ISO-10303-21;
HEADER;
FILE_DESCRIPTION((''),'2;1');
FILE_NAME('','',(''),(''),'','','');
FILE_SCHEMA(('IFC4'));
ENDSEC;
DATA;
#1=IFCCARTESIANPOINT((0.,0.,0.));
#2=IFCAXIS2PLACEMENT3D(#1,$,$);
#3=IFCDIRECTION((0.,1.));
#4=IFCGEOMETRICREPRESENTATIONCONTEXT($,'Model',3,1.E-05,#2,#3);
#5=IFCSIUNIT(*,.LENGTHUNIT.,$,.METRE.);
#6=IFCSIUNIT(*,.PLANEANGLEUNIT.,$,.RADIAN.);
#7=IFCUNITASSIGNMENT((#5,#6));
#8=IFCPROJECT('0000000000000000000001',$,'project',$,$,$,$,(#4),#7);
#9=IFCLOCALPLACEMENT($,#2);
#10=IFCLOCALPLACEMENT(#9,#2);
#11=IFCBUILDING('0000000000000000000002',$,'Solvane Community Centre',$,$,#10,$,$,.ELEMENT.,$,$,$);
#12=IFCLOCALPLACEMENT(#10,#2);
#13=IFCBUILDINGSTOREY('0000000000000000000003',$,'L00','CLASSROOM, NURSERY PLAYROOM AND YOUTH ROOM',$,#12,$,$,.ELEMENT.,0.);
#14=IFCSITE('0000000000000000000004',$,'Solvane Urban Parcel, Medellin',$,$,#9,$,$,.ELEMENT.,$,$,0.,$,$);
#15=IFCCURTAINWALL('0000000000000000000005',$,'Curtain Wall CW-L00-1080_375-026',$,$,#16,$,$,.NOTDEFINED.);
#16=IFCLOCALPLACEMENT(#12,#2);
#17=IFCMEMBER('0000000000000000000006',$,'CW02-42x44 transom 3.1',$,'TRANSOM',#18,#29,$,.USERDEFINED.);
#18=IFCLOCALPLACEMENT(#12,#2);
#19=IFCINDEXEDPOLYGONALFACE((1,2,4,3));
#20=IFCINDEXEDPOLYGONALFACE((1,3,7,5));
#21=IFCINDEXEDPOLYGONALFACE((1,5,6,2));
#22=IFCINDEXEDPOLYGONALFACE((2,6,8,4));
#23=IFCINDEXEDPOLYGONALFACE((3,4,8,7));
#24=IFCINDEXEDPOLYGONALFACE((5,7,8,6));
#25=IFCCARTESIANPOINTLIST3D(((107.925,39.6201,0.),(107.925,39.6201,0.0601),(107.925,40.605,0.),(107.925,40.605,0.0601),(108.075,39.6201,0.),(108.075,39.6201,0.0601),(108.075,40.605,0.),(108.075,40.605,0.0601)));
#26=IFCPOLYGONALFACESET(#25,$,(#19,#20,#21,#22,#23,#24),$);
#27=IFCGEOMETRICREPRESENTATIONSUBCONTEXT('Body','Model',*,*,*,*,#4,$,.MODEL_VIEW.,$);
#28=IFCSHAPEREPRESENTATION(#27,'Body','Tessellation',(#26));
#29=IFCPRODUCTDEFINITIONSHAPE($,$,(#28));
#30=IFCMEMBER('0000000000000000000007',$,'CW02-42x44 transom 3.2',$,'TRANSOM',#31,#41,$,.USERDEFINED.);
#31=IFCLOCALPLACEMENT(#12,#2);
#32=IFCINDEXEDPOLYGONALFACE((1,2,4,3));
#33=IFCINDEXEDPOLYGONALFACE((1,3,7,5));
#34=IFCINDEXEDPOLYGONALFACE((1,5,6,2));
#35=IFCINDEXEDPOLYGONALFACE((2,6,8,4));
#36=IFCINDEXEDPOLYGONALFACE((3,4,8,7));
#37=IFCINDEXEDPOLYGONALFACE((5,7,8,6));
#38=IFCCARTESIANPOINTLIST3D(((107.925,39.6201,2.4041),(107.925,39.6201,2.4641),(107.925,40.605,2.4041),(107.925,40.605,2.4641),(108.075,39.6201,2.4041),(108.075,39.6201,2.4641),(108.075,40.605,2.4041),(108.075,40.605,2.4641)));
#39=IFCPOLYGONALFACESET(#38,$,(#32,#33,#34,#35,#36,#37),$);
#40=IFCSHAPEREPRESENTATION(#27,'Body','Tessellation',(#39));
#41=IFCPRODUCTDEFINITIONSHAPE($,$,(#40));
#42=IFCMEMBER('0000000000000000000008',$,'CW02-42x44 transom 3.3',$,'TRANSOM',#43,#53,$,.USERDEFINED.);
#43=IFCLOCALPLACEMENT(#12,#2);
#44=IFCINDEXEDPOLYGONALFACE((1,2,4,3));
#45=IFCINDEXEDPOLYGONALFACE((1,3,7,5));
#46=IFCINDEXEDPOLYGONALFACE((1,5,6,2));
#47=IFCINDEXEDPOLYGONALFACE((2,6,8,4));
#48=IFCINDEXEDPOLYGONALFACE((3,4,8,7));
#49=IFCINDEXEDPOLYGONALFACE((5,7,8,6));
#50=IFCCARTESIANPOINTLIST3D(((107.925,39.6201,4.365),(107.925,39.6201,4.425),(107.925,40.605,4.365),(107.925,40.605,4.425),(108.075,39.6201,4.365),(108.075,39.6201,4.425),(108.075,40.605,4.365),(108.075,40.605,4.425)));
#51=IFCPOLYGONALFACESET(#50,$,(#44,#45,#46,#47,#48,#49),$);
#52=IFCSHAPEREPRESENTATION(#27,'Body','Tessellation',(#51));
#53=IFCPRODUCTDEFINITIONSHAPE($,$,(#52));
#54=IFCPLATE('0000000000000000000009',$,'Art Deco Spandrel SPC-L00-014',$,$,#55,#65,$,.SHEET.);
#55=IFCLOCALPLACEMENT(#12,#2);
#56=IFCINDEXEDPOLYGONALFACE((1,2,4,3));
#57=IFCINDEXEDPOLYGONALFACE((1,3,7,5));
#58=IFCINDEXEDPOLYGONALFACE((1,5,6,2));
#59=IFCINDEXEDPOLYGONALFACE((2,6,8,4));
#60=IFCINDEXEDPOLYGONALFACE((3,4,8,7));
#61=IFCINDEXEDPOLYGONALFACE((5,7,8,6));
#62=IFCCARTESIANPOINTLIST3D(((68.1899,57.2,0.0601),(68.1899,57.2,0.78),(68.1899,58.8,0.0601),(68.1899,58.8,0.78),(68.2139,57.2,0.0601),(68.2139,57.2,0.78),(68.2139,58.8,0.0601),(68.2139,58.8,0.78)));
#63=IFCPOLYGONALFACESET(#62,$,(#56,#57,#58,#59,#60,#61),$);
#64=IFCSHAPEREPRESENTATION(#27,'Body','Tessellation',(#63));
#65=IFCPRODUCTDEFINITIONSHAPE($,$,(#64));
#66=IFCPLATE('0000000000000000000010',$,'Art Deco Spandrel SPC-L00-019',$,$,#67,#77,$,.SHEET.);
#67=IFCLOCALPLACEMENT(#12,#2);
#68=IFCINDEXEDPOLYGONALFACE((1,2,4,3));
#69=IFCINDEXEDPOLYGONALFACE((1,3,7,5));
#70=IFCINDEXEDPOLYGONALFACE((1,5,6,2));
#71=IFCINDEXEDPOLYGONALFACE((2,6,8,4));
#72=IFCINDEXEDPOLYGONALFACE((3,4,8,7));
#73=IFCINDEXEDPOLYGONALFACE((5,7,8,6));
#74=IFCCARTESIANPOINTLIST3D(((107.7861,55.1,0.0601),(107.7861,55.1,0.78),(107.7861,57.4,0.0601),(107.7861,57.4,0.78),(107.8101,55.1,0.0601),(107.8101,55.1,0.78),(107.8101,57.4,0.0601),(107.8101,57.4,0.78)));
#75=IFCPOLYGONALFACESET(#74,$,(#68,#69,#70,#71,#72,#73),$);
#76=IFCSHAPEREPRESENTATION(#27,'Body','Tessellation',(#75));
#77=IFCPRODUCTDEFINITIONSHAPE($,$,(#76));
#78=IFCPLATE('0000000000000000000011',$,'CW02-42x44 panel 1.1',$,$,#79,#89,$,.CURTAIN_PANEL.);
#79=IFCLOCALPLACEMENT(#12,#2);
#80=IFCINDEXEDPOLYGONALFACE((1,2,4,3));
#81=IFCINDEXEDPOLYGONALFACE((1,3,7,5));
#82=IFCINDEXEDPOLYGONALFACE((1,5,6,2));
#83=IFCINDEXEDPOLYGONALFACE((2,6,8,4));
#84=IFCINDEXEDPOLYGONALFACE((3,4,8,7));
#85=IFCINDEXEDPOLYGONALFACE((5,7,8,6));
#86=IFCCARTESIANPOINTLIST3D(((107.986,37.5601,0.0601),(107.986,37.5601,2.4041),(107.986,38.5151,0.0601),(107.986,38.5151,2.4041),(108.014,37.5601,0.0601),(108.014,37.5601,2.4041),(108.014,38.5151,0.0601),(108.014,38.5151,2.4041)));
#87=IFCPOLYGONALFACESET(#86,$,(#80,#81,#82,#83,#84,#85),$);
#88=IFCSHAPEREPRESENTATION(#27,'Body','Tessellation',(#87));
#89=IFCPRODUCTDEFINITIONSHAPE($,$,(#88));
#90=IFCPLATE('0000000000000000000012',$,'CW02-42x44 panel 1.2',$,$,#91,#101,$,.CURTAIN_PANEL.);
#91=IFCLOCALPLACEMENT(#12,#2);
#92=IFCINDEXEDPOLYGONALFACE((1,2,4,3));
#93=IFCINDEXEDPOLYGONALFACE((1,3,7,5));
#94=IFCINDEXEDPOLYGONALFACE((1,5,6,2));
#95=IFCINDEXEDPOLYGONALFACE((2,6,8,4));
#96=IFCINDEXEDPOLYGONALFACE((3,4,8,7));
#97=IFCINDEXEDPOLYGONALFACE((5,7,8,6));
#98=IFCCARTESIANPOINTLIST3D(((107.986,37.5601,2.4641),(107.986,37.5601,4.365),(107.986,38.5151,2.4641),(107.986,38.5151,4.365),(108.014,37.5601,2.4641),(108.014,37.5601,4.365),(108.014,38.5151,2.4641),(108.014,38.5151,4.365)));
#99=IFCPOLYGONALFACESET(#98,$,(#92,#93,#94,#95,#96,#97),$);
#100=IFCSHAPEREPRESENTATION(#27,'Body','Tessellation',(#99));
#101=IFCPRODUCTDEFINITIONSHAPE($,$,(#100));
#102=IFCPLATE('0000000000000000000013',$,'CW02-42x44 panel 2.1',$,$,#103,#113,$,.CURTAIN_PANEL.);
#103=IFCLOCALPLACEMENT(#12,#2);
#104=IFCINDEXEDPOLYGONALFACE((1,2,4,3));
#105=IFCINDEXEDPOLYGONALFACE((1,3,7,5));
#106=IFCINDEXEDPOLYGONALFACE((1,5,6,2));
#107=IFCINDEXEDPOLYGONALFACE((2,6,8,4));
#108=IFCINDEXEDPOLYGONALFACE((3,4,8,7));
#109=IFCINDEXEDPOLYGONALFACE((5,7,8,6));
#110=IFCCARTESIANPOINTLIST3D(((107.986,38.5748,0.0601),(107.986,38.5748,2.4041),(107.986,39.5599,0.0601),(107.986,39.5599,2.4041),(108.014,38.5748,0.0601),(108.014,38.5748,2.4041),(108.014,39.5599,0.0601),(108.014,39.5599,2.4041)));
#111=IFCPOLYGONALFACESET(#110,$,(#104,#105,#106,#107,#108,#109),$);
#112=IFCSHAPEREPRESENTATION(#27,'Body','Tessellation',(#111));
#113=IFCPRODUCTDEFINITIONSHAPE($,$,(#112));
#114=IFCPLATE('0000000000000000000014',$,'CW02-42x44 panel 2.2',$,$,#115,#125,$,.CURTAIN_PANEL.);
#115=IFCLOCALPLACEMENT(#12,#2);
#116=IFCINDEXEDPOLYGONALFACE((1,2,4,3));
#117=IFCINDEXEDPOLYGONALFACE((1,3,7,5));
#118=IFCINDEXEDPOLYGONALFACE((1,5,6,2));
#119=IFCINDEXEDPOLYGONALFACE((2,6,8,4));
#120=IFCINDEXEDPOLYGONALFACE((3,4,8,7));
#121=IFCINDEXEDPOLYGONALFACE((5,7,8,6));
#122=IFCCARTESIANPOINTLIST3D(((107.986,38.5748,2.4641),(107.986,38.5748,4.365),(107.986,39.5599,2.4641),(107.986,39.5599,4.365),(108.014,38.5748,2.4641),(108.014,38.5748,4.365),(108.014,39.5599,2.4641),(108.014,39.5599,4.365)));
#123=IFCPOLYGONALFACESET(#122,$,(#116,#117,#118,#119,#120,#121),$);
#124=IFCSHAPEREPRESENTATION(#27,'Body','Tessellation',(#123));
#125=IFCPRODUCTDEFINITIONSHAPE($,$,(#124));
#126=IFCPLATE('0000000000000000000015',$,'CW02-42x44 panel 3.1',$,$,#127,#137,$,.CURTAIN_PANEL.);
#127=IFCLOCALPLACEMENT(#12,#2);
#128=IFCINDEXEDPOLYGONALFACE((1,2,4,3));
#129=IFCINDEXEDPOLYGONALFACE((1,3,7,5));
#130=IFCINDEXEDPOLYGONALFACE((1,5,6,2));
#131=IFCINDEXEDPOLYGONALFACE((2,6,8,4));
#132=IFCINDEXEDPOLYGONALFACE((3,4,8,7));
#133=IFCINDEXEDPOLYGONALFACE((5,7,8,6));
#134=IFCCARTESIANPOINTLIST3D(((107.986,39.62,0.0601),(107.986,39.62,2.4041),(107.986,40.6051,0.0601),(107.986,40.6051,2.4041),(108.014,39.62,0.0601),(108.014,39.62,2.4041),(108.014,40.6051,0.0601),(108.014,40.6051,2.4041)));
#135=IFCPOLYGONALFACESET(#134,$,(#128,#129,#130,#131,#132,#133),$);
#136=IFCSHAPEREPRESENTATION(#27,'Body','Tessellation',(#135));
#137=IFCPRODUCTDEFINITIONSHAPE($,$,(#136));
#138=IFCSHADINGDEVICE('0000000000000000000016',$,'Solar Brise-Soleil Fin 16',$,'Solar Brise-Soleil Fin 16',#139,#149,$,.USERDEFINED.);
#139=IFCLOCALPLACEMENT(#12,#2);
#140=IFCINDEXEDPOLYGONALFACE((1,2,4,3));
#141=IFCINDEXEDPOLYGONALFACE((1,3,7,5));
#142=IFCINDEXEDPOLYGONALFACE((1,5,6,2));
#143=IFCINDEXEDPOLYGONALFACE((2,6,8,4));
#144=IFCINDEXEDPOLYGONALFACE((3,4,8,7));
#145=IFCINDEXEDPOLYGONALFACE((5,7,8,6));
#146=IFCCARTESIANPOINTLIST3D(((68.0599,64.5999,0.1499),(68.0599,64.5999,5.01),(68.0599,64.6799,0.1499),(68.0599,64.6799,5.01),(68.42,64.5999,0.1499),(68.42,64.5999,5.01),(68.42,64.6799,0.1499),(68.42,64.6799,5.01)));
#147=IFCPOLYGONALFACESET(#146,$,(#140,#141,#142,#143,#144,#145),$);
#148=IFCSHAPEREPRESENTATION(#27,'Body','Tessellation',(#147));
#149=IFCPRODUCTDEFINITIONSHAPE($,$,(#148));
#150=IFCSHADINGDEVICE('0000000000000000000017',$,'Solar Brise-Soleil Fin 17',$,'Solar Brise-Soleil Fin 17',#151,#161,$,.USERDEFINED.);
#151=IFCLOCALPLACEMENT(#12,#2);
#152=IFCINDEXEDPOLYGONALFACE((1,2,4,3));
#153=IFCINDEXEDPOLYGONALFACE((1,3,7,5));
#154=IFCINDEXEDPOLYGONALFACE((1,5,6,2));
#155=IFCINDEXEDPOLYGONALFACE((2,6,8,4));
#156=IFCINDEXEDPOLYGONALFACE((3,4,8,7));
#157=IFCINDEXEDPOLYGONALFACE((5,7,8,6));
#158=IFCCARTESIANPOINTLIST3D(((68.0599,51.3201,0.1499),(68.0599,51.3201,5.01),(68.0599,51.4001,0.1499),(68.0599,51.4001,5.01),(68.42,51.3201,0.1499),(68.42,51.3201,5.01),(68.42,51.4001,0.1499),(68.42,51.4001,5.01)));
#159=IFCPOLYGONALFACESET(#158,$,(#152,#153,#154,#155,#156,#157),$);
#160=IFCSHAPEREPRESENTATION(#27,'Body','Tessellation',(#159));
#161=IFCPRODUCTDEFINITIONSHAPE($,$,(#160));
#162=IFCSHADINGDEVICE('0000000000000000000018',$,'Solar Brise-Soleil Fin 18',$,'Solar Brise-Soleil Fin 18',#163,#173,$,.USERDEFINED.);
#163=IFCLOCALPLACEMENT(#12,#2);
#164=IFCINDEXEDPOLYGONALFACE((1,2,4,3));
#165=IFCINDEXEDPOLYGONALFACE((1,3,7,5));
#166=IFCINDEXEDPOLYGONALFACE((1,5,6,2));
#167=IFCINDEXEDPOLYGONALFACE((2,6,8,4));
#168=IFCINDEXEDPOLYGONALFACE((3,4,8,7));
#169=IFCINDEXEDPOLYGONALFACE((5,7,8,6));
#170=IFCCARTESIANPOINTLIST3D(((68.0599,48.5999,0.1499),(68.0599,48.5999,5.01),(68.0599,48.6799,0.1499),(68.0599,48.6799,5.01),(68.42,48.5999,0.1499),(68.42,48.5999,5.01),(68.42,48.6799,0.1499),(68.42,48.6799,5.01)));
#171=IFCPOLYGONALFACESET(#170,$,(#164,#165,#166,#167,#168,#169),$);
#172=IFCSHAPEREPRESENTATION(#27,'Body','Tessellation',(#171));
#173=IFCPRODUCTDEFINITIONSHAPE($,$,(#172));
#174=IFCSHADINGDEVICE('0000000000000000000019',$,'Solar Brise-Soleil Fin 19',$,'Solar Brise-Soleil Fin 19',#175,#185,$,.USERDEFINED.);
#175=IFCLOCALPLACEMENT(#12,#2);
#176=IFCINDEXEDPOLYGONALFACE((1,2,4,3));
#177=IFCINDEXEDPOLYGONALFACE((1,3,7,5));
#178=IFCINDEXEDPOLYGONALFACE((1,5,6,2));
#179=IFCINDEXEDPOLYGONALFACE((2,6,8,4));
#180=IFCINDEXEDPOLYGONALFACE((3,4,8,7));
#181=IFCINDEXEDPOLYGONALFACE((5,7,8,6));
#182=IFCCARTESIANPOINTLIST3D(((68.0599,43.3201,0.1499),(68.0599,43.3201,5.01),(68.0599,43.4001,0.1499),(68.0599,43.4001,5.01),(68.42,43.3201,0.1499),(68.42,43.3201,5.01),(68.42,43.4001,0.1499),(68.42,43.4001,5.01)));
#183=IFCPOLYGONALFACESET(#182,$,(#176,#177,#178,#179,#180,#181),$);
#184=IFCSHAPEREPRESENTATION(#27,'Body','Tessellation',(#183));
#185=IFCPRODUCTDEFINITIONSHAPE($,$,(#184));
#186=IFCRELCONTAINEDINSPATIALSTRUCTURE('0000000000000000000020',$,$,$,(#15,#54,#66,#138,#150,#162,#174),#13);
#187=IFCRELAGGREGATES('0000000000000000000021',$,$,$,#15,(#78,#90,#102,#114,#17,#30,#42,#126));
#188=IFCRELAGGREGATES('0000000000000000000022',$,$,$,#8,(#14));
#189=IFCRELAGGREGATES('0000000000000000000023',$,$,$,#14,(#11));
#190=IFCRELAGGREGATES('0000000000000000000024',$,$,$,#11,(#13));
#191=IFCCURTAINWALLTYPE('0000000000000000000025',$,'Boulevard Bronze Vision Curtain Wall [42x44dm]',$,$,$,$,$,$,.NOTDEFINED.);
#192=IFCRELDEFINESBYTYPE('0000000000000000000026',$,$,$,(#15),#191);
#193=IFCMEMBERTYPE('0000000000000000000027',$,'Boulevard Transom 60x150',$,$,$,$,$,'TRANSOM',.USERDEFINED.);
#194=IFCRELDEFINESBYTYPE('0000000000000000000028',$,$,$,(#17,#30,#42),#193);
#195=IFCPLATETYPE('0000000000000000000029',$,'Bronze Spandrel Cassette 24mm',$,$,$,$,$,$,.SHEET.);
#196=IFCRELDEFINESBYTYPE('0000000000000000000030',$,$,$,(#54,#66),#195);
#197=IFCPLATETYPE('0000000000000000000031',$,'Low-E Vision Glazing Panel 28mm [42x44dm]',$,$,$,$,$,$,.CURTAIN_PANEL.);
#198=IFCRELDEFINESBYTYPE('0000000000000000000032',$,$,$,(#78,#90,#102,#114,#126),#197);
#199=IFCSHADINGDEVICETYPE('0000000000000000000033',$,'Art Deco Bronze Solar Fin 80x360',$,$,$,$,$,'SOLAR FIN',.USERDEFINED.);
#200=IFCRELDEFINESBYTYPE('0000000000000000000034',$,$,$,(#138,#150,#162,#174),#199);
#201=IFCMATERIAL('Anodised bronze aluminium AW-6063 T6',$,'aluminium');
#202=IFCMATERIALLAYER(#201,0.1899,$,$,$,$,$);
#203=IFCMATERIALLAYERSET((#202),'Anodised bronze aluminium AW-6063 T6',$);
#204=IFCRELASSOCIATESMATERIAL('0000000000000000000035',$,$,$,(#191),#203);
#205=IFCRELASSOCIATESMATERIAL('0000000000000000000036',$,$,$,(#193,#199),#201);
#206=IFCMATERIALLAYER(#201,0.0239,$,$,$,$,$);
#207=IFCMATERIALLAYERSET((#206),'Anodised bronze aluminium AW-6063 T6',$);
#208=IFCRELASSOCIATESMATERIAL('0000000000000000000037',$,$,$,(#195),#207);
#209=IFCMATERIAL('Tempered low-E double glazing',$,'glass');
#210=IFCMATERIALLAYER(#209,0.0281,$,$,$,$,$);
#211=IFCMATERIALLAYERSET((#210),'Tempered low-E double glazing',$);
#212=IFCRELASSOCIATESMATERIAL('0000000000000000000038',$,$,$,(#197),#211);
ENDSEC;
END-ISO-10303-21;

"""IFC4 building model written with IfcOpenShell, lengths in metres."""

from ifc_helpers import new_model, si_unit, direction, frame, origin, origin_2d, place, context, subcontext, project, spatial, rectangle, extrude, material, layer, layer_set, material_profile, profile_set, type_object, element, aggregate, save


model = new_model("IFC4")

# Units and contexts
model_context = context("Model", 3, precision=1e-05, world=origin(), true_north=direction((0.0, 1.0)))
body_context = subcontext(model_context, "Body", "Model", "MODEL_VIEW")
ifc_project = project(units=[si_unit("LENGTHUNIT", "METRE"), si_unit("PLANEANGLEUNIT", "RADIAN")], contexts=[model_context])

# Site, building, storey
site_placement = place(None, origin())
site = spatial("IfcSite", under=ifc_project, at=site_placement, Name="Solvane Urban Parcel, Medellin", CompositionType="ELEMENT", RefElevation=0.0)
building_placement = place(site_placement, origin())
building = spatial("IfcBuilding", under=site, at=building_placement, Name="Solvane Community Centre", CompositionType="ELEMENT")
storey_placement = place(building_placement, origin())
storey = spatial("IfcBuildingStorey", under=building, at=storey_placement, Name="L00", Description="CLASSROOM, NURSERY PLAYROOM AND YOUTH ROOM", CompositionType="ELEMENT", Elevation=0.0)

# Curtain wall
ifc_material_1 = material(Name="Anodised bronze aluminium AW-6063 T6", Category="aluminium")
ifc_layer_1 = layer(ifc_material_1, 0.1899)
ifc_layer_set_1 = layer_set([ifc_layer_1], Name="Anodised bronze aluminium AW-6063 T6")
curtain_wall_type_1 = type_object("IfcCurtainWallType", Name="Boulevard Bronze Vision Curtain Wall [42x44dm]", PredefinedType="NOTDEFINED", material=ifc_layer_set_1)
curtain_wall_1_placement = place(storey_placement, origin())
curtain_wall_1 = element("IfcCurtainWall", 1, at=curtain_wall_1_placement, inside=storey, type_object=curtain_wall_type_1, Name="Curtain Wall CW-L00-1080_375-026", PredefinedType="NOTDEFINED")
ifc_material_profile_1 = material_profile(ifc_material_1, rectangle(XDim=0.1499, YDim=0.0601, at=origin_2d()), Name="CW-T 60x150")
ifc_profile_set_1 = profile_set([ifc_material_profile_1], Name="Anodised bronze aluminium AW-6063 T6")
member_type_1 = type_object("IfcMemberType", Name="Boulevard Transom 60x150", ElementType="TRANSOM", PredefinedType="USERDEFINED", material=ifc_profile_set_1)

# Members
member_1_placement = place(storey_placement, frame((108.0, 39.6201, 0.03), z_axis=(0.0, 1.0, 0.0), x_axis=(-1.0, 0.0, 0.0)))
member_1 = element("IfcMember", 2, at=member_1_placement, type_object=member_type_1, Name="CW02-42x44 transom 3.1", ObjectType="TRANSOM", PredefinedType="USERDEFINED", context=body_context, shape_type="SweptSolid", body=[
    extrude(rectangle(XDim=0.1499, YDim=0.0601, at=origin_2d()), origin(), (0.0, 0.0, 1.0), 0.9849),
])
member_2_placement = place(storey_placement, frame((108.0, 39.6201, 2.4341), z_axis=(0.0, 1.0, 0.0), x_axis=(-1.0, 0.0, 0.0)))
member_2 = element("IfcMember", 3, at=member_2_placement, type_object=member_type_1, Name="CW02-42x44 transom 3.2", ObjectType="TRANSOM", PredefinedType="USERDEFINED", context=body_context, shape_type="SweptSolid", body=[
    extrude(rectangle(XDim=0.1499, YDim=0.0601, at=origin_2d()), origin(), (0.0, 0.0, 1.0), 0.9849),
])
member_3_placement = place(storey_placement, frame((108.0, 39.6201, 4.395), z_axis=(0.0, 1.0, 0.0), x_axis=(-1.0, 0.0, 0.0)))
member_3 = element("IfcMember", 4, at=member_3_placement, type_object=member_type_1, Name="CW02-42x44 transom 3.3", ObjectType="TRANSOM", PredefinedType="USERDEFINED", context=body_context, shape_type="SweptSolid", body=[
    extrude(rectangle(XDim=0.1499, YDim=0.0601, at=origin_2d()), origin(), (0.0, 0.0, 1.0), 0.9849),
])

# Plates
ifc_layer_2 = layer(ifc_material_1, 0.0239)
ifc_layer_set_2 = layer_set([ifc_layer_2], Name="Anodised bronze aluminium AW-6063 T6")
plate_type_1 = type_object("IfcPlateType", Name="Bronze Spandrel Cassette 24mm", PredefinedType="SHEET", material=ifc_layer_set_2)
plate_1_placement = place(storey_placement, frame((68.2019, 58.0, 0.0601), z_axis=(0.0, 0.0, 1.0), x_axis=(0.0, -1.0, 0.0)))
element("IfcPlate", 5, at=plate_1_placement, inside=storey, type_object=plate_type_1, Name="Art Deco Spandrel SPC-L00-014", PredefinedType="SHEET", context=body_context, shape_type="SweptSolid", body=[
    extrude(rectangle(XDim=1.6001, YDim=0.0239, at=origin_2d()), origin(), (0.0, 0.0, 1.0), 0.72),
])
plate_2_placement = place(storey_placement, frame((107.7981, 56.25, 0.0601), z_axis=(0.0, 0.0, 1.0), x_axis=(0.0, 1.0, 0.0)))
element("IfcPlate", 6, at=plate_2_placement, inside=storey, type_object=plate_type_1, Name="Art Deco Spandrel SPC-L00-019", PredefinedType="SHEET", context=body_context, shape_type="SweptSolid", body=[
    extrude(rectangle(XDim=2.3, YDim=0.0239, at=origin_2d()), origin(), (0.0, 0.0, 1.0), 0.72),
])

# Plates
ifc_material_2 = material(Name="Tempered low-E double glazing", Category="glass")
ifc_layer_3 = layer(ifc_material_2, 0.0281)
ifc_layer_set_3 = layer_set([ifc_layer_3], Name="Tempered low-E double glazing")
plate_type_2 = type_object("IfcPlateType", Name="Low-E Vision Glazing Panel 28mm [42x44dm]", PredefinedType="CURTAIN_PANEL", material=ifc_layer_set_3)
plate_3_placement = place(storey_placement, frame((108.0, 38.0376, 0.0601), z_axis=(0.0, 0.0, 1.0), x_axis=(0.0, 1.0, 0.0)))
plate_3 = element("IfcPlate", 7, at=plate_3_placement, type_object=plate_type_2, Name="CW02-42x44 panel 1.1", PredefinedType="CURTAIN_PANEL", context=body_context, shape_type="SweptSolid", body=[
    extrude(rectangle(XDim=0.9551, YDim=0.0281, at=origin_2d()), origin(), (0.0, 0.0, 1.0), 2.344),
])
plate_4_placement = place(storey_placement, frame((108.0, 38.0376, 2.4641), z_axis=(0.0, 0.0, 1.0), x_axis=(0.0, 1.0, 0.0)))
plate_4 = element("IfcPlate", 8, at=plate_4_placement, type_object=plate_type_2, Name="CW02-42x44 panel 1.2", PredefinedType="CURTAIN_PANEL", context=body_context, shape_type="SweptSolid", body=[
    extrude(rectangle(XDim=0.9551, YDim=0.0281, at=origin_2d()), origin(), (0.0, 0.0, 1.0), 1.9009),
])
plate_5_placement = place(storey_placement, frame((108.0, 39.0674, 0.0601), z_axis=(0.0, 0.0, 1.0), x_axis=(0.0, 1.0, 0.0)))
plate_5 = element("IfcPlate", 9, at=plate_5_placement, type_object=plate_type_2, Name="CW02-42x44 panel 2.1", PredefinedType="CURTAIN_PANEL", context=body_context, shape_type="SweptSolid", body=[
    extrude(rectangle(XDim=0.9851, YDim=0.0281, at=origin_2d()), origin(), (0.0, 0.0, 1.0), 2.344),
])
plate_6_placement = place(storey_placement, frame((108.0, 39.0674, 2.4641), z_axis=(0.0, 0.0, 1.0), x_axis=(0.0, 1.0, 0.0)))
plate_6 = element("IfcPlate", 10, at=plate_6_placement, type_object=plate_type_2, Name="CW02-42x44 panel 2.2", PredefinedType="CURTAIN_PANEL", context=body_context, shape_type="SweptSolid", body=[
    extrude(rectangle(XDim=0.9851, YDim=0.0281, at=origin_2d()), origin(), (0.0, 0.0, 1.0), 1.9009),
])
plate_7_placement = place(storey_placement, frame((108.0, 40.1125, 0.0601), z_axis=(0.0, 0.0, 1.0), x_axis=(0.0, 1.0, 0.0)))
plate_7 = element("IfcPlate", 11, at=plate_7_placement, type_object=plate_type_2, Name="CW02-42x44 panel 3.1", PredefinedType="CURTAIN_PANEL", context=body_context, shape_type="SweptSolid", body=[
    extrude(rectangle(XDim=0.9851, YDim=0.0281, at=origin_2d()), origin(), (0.0, 0.0, 1.0), 2.344),
])
aggregate(curtain_wall_1, [plate_3, plate_4, plate_5, plate_6, member_1, member_2, member_3, plate_7])

# Shading devices
shading_device_type = type_object("IfcShadingDeviceType", Name="Art Deco Bronze Solar Fin 80x360", ElementType="SOLAR FIN", PredefinedType="USERDEFINED", material=ifc_material_1)
shading_device_1_placement = place(storey_placement, frame((68.24, 64.6399, 0.1499), z_axis=(0.0, 0.0, 1.0), x_axis=(0.0, -1.0, 0.0)))
element("IfcShadingDevice", 12, at=shading_device_1_placement, inside=storey, type_object=shading_device_type, Name="Solar Brise-Soleil Fin 16", ObjectType="Solar Brise-Soleil Fin 16", PredefinedType="USERDEFINED", context=body_context, shape_type="SweptSolid", body=[
    extrude(rectangle(XDim=0.0801, YDim=0.3601, at=origin_2d()), origin(), (0.0, 0.0, 1.0), 4.8601),
])
shading_device_2_placement = place(storey_placement, frame((68.24, 51.3601, 0.1499), z_axis=(0.0, 0.0, 1.0), x_axis=(0.0, -1.0, 0.0)))
element("IfcShadingDevice", 13, at=shading_device_2_placement, inside=storey, type_object=shading_device_type, Name="Solar Brise-Soleil Fin 17", ObjectType="Solar Brise-Soleil Fin 17", PredefinedType="USERDEFINED", context=body_context, shape_type="SweptSolid", body=[
    extrude(rectangle(XDim=0.0801, YDim=0.3601, at=origin_2d()), origin(), (0.0, 0.0, 1.0), 4.8601),
])
shading_device_3_placement = place(storey_placement, frame((68.24, 48.6399, 0.1499), z_axis=(0.0, 0.0, 1.0), x_axis=(0.0, -1.0, 0.0)))
element("IfcShadingDevice", 14, at=shading_device_3_placement, inside=storey, type_object=shading_device_type, Name="Solar Brise-Soleil Fin 18", ObjectType="Solar Brise-Soleil Fin 18", PredefinedType="USERDEFINED", context=body_context, shape_type="SweptSolid", body=[
    extrude(rectangle(XDim=0.0801, YDim=0.3601, at=origin_2d()), origin(), (0.0, 0.0, 1.0), 4.8601),
])
shading_device_4_placement = place(storey_placement, frame((68.24, 43.3601, 0.1499), z_axis=(0.0, 0.0, 1.0), x_axis=(0.0, -1.0, 0.0)))
element("IfcShadingDevice", 15, at=shading_device_4_placement, inside=storey, type_object=shading_device_type, Name="Solar Brise-Soleil Fin 19", ObjectType="Solar Brise-Soleil Fin 19", PredefinedType="USERDEFINED", context=body_context, shape_type="SweptSolid", body=[
    extrude(rectangle(XDim=0.0801, YDim=0.3601, at=origin_2d()), origin(), (0.0, 0.0, 1.0), 4.8601),
])

save(model, "model.ifc")
